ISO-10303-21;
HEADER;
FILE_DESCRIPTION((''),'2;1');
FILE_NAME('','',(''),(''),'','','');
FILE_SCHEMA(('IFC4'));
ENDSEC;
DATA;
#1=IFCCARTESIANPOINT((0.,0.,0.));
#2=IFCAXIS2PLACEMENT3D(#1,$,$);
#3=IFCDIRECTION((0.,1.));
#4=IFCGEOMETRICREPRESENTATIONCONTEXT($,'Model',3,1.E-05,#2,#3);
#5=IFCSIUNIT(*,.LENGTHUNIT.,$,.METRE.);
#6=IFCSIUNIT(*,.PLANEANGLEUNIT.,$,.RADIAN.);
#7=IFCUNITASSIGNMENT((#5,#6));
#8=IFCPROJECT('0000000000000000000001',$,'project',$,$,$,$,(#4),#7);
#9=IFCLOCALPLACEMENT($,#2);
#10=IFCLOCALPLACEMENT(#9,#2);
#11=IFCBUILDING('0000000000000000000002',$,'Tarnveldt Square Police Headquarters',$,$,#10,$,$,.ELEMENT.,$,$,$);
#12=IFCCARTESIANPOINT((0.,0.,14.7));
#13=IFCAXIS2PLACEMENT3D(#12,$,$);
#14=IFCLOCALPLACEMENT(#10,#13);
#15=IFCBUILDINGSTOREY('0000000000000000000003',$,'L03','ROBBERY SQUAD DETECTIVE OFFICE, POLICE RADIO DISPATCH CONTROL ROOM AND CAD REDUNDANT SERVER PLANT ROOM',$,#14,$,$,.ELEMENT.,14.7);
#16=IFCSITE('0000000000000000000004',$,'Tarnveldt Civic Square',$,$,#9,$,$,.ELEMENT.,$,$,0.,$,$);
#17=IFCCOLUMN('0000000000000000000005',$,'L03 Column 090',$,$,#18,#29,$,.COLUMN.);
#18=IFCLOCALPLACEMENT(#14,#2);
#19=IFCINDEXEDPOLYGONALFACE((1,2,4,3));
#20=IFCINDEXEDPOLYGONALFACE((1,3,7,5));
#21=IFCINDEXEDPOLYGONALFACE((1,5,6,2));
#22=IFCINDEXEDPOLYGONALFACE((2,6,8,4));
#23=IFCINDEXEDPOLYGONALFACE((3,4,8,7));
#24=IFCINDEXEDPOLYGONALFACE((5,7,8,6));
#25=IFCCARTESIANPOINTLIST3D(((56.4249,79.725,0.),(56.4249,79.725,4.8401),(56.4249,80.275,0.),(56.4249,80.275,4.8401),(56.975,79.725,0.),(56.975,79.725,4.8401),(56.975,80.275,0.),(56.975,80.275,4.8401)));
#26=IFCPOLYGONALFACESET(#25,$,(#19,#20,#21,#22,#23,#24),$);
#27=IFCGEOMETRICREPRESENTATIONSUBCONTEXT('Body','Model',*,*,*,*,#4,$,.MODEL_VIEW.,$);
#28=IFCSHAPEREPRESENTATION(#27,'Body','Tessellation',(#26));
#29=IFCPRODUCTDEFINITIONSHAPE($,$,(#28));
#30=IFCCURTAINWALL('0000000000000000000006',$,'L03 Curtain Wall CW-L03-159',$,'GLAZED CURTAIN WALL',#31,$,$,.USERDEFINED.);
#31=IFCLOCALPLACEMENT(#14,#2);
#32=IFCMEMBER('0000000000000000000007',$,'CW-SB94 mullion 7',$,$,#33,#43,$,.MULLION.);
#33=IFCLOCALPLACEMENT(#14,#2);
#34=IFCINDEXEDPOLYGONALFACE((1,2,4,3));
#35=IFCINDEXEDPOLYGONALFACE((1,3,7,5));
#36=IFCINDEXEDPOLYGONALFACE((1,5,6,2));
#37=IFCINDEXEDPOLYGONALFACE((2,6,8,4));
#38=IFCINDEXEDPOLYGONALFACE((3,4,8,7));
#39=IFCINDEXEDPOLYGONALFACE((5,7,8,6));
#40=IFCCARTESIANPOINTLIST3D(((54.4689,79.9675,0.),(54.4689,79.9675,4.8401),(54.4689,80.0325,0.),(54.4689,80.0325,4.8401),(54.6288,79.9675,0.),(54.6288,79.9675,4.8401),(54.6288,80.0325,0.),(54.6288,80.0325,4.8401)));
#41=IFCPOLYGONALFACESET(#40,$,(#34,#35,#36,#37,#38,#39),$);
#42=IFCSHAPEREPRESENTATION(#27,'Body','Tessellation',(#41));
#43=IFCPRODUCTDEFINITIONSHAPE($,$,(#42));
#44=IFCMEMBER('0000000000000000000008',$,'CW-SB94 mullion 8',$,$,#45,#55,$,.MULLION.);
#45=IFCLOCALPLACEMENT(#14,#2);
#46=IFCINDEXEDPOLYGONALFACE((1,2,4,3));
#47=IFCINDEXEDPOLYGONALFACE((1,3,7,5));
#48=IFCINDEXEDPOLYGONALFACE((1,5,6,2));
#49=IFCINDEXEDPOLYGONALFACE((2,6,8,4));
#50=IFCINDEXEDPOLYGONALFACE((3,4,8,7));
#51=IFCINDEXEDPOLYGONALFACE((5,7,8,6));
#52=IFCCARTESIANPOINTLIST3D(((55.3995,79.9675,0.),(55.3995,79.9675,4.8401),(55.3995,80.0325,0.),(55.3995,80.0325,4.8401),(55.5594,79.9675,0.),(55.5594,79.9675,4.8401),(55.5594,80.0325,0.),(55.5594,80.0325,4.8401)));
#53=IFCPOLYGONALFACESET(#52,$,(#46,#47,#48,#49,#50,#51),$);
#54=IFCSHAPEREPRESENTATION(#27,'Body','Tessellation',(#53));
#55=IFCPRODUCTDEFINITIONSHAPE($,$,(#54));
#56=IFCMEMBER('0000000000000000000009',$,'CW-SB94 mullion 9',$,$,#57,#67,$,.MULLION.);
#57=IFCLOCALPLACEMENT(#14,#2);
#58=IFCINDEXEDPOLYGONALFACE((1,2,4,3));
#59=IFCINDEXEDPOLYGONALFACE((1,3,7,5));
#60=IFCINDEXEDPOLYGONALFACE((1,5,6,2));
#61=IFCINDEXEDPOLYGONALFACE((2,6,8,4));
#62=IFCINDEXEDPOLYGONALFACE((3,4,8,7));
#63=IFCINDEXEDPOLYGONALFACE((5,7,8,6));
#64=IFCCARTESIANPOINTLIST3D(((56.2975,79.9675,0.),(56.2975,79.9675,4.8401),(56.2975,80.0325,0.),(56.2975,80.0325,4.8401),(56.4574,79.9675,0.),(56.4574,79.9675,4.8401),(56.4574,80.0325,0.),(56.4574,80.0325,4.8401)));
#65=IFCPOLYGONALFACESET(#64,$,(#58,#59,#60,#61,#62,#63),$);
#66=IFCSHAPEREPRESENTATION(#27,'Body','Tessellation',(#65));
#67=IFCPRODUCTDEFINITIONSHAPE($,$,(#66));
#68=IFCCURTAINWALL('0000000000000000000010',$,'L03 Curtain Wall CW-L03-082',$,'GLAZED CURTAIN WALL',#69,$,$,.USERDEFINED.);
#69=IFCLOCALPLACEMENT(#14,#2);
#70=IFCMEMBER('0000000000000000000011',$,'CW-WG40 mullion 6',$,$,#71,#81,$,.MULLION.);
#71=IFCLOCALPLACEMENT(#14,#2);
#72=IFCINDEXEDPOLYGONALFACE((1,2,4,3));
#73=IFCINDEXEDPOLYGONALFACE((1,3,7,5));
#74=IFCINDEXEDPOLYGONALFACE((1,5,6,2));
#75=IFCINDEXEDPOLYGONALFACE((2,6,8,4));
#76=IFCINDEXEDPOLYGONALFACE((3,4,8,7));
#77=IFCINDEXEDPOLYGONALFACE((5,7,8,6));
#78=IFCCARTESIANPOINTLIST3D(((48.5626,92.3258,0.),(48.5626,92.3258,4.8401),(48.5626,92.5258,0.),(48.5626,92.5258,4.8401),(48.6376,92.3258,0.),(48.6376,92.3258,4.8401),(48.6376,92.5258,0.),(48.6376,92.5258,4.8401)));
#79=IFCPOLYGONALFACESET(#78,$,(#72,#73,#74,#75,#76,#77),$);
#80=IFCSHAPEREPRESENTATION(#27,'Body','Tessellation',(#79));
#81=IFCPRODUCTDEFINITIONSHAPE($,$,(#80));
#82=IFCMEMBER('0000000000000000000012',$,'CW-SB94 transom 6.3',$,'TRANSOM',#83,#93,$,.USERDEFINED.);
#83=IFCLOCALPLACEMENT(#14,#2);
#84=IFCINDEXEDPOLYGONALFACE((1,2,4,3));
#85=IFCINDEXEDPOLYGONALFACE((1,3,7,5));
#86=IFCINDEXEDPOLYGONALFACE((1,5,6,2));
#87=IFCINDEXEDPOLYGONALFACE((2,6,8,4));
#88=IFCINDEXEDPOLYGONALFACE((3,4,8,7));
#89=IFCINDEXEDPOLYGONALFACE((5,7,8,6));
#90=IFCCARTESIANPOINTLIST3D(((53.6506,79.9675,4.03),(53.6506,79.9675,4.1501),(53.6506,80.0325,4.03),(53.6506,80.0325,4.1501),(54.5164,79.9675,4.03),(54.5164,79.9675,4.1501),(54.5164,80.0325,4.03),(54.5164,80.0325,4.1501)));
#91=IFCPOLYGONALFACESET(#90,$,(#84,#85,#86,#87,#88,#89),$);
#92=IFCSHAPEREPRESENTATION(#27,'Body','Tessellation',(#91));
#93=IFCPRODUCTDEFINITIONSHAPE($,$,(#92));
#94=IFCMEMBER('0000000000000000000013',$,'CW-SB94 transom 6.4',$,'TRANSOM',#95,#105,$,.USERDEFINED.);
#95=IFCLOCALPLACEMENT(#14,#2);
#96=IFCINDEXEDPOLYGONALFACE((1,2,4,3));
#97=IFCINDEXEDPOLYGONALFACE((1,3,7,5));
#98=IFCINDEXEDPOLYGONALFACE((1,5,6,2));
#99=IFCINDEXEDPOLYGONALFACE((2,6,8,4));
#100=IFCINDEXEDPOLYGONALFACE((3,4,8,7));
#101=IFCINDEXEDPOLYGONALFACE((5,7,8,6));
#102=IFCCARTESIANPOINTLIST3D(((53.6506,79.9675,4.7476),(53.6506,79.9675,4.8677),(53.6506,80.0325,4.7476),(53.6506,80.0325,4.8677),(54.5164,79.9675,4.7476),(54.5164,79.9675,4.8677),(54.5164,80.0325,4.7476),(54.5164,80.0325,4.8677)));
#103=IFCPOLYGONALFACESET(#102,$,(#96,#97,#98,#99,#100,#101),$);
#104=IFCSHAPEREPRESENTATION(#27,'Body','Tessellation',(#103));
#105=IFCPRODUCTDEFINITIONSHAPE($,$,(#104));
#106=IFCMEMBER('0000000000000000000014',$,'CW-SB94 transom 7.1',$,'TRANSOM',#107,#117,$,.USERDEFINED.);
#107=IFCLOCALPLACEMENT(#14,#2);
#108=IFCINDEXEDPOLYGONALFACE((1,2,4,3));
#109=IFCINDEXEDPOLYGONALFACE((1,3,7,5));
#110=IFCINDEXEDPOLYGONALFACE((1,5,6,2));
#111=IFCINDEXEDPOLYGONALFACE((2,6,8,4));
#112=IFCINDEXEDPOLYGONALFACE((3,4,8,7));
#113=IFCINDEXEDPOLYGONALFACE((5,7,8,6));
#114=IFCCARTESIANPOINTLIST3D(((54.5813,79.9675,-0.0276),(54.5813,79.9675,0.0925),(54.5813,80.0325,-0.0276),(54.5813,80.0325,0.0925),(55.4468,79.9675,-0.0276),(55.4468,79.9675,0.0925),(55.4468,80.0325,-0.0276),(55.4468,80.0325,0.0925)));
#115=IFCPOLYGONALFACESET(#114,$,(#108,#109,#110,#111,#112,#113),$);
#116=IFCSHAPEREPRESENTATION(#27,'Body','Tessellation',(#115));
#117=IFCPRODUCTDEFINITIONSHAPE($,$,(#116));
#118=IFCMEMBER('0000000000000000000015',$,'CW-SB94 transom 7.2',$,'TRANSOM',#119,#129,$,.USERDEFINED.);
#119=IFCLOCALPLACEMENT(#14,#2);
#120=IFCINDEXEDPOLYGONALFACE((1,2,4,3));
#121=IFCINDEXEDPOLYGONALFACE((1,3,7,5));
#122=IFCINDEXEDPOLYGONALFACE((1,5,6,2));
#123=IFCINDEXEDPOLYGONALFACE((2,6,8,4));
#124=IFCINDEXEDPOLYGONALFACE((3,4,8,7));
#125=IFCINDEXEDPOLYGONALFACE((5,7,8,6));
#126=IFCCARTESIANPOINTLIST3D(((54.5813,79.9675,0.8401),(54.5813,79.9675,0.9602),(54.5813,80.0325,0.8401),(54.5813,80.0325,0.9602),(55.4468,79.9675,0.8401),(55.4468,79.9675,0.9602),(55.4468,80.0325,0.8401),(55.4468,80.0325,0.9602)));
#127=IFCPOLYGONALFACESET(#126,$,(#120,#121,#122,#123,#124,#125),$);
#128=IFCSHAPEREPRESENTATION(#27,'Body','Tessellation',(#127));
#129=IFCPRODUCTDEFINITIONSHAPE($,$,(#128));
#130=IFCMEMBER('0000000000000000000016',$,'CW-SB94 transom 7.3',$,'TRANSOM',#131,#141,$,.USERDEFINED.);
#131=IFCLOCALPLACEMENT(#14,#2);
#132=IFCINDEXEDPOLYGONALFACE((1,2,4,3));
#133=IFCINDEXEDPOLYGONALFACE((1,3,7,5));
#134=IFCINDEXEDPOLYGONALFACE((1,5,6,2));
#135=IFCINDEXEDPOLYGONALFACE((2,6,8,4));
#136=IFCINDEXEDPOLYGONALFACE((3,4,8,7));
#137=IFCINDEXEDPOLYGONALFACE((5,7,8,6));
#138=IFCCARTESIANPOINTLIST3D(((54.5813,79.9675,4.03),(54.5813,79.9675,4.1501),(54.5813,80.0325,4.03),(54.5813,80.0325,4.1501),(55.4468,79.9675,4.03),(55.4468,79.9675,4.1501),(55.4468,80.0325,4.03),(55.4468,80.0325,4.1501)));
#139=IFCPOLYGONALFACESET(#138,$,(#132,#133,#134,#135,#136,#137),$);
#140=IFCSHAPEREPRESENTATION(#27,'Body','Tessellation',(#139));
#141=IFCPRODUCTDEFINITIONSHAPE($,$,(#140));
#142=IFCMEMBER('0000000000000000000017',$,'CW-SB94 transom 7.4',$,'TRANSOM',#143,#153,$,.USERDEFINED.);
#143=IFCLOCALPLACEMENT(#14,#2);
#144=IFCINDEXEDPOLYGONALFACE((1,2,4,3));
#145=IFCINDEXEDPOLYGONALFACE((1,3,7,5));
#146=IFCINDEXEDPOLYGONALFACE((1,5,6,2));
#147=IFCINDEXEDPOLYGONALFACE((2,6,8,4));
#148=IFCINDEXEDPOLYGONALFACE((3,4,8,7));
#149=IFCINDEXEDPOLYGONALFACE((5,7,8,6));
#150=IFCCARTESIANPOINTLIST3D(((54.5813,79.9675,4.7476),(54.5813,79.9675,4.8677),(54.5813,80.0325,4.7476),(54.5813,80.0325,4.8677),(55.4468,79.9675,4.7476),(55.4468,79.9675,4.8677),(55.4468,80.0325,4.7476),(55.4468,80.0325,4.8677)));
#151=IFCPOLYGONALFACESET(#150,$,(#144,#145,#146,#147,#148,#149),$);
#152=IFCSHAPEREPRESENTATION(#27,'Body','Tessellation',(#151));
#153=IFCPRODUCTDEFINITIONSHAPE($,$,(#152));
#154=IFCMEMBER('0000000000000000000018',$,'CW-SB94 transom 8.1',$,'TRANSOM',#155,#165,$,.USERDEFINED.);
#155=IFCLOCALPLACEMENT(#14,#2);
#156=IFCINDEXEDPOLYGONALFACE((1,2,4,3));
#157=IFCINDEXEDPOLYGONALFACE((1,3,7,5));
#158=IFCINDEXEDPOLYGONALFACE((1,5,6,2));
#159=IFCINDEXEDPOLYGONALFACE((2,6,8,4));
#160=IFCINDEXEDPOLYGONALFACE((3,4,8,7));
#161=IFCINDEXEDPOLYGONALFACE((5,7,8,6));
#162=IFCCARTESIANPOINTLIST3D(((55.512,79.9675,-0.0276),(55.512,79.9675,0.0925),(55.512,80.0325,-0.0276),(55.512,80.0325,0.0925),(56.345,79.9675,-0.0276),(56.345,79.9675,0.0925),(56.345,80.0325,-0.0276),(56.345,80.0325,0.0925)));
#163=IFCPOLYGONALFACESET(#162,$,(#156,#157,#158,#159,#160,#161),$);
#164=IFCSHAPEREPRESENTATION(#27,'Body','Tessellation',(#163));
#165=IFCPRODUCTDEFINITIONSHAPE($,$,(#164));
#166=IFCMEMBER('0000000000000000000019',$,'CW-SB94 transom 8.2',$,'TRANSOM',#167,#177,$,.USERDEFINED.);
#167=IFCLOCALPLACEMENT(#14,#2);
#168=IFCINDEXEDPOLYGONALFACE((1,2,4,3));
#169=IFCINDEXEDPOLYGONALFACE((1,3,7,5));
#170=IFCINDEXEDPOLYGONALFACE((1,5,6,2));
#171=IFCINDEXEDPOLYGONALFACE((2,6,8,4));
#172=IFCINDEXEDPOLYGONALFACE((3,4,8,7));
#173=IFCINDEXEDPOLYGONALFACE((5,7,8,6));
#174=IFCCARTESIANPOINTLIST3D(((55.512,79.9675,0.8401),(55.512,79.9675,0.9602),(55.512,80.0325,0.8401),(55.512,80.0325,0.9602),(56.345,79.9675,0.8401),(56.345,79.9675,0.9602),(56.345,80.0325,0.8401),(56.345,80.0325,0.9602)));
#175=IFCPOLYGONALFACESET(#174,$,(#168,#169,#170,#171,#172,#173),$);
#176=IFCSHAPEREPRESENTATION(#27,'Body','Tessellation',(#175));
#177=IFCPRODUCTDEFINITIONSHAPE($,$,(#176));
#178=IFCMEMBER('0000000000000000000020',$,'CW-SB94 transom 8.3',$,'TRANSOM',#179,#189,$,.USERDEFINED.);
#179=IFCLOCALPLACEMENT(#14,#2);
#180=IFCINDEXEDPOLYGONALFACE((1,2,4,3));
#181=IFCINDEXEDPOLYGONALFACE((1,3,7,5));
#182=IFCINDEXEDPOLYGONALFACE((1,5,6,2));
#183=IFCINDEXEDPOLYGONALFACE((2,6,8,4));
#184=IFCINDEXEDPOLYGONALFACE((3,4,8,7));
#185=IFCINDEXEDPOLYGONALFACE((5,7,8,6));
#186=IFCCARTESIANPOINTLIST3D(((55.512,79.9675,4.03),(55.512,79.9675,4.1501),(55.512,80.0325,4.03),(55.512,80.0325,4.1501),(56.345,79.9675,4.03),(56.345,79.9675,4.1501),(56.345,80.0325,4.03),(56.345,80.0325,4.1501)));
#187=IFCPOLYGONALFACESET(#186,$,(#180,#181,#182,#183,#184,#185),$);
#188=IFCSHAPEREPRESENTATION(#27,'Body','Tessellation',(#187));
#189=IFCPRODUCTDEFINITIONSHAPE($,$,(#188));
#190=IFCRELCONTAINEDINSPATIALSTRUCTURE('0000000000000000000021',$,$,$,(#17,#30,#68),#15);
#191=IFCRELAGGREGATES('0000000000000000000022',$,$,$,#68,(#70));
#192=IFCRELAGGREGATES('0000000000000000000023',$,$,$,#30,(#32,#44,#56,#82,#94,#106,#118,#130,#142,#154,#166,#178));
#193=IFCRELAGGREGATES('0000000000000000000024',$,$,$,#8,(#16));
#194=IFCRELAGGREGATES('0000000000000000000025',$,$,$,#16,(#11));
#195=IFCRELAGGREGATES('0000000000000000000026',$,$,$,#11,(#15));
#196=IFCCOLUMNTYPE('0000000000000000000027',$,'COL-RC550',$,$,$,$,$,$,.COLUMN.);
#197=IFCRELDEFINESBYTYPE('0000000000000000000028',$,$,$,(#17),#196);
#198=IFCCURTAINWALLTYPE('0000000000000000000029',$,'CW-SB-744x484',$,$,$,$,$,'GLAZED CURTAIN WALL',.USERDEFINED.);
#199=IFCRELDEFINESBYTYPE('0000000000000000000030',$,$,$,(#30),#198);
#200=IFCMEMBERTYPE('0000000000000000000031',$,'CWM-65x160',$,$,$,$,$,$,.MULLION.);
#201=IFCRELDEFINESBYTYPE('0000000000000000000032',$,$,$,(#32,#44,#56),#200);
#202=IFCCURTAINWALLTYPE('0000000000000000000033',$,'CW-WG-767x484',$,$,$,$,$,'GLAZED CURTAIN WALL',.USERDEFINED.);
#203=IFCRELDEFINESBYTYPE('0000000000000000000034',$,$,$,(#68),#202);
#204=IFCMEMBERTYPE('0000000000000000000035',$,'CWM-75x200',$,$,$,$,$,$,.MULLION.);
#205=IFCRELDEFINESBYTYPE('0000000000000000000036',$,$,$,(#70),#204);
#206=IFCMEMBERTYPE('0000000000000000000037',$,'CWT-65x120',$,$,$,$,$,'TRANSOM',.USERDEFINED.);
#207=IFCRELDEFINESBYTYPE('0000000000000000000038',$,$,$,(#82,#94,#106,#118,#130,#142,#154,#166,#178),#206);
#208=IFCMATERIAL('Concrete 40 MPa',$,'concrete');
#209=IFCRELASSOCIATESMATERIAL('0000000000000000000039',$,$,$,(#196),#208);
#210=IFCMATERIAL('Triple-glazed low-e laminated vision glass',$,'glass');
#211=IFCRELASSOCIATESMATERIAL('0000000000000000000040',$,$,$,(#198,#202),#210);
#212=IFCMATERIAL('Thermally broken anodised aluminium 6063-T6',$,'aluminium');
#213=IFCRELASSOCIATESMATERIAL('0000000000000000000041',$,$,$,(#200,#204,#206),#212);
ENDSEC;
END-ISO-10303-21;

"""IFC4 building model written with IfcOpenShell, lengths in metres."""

from ifc_helpers import new_model, si_unit, direction, frame, origin, origin_2d, place, context, subcontext, project, spatial, rectangle, extrude, material, material_profile, profile_set, type_object, element, aggregate, save


model = new_model("IFC4")

# Units and contexts
model_context = context("Model", 3, precision=1e-05, world=origin(), true_north=direction((0.0, 1.0)))
body_context = subcontext(model_context, "Body", "Model", "MODEL_VIEW")
ifc_project = project(units=[si_unit("LENGTHUNIT", "METRE"), si_unit("PLANEANGLEUNIT", "RADIAN")], contexts=[model_context])

# Site, building, storey
site_placement = place(None, origin())
site = spatial("IfcSite", under=ifc_project, at=site_placement, Name="Tarnveldt Civic Square", CompositionType="ELEMENT", RefElevation=0.0)
building_placement = place(site_placement, origin())
building = spatial("IfcBuilding", under=site, at=building_placement, Name="Tarnveldt Square Police Headquarters", CompositionType="ELEMENT")
storey_placement = place(building_placement, frame((0.0, 0.0, 14.7)))
storey = spatial("IfcBuildingStorey", under=building, at=storey_placement, Name="L03", Description="ROBBERY SQUAD DETECTIVE OFFICE, POLICE RADIO DISPATCH CONTROL ROOM AND CAD REDUNDANT SERVER PLANT ROOM", CompositionType="ELEMENT", Elevation=14.7)

# Column
ifc_material_1 = material(Name="Concrete 40 MPa", Category="concrete")
ifc_material_profile_1 = material_profile(ifc_material_1, rectangle(XDim=0.55, YDim=0.55, at=origin_2d()), Name="RC-C550x550")
ifc_profile_set_1 = profile_set([ifc_material_profile_1], Name="Concrete 40 MPa")
column_type = type_object("IfcColumnType", Name="COL-RC550", PredefinedType="COLUMN", material=ifc_profile_set_1)
column_placement = place(storey_placement, frame((56.7, 80.0, 0.0), z_axis=(0.0, 0.0, 1.0), x_axis=(1.0, 0.0, 0.0)))
element("IfcColumn", 1, at=column_placement, inside=storey, type_object=column_type, Name="L03 Column 090", PredefinedType="COLUMN", context=body_context, shape_type="SweptSolid", body=[
    extrude(rectangle(XDim=0.55, YDim=0.55, at=origin_2d()), origin(), (0.0, 0.0, 1.0), 4.8401),
])

# Curtain wall, members
ifc_material_2 = material(Name="Triple-glazed low-e laminated vision glass", Category="glass")
curtain_wall_type_1 = type_object("IfcCurtainWallType", Name="CW-SB-744x484", ElementType="GLAZED CURTAIN WALL", PredefinedType="USERDEFINED", material=ifc_material_2)
curtain_wall_1_placement = place(storey_placement, origin())
curtain_wall_1 = element("IfcCurtainWall", 2, at=curtain_wall_1_placement, inside=storey, type_object=curtain_wall_type_1, Name="L03 Curtain Wall CW-L03-159", ObjectType="GLAZED CURTAIN WALL", PredefinedType="USERDEFINED")
ifc_material_3 = material(Name="Thermally broken anodised aluminium 6063-T6", Category="aluminium")
ifc_material_profile_2 = material_profile(ifc_material_3, rectangle(XDim=0.0649, YDim=0.1599, at=origin_2d()), Name="CW-M65x160")
ifc_profile_set_2 = profile_set([ifc_material_profile_2], Name="Thermally broken anodised aluminium 6063-T6")
member_type_1 = type_object("IfcMemberType", Name="CWM-65x160", PredefinedType="MULLION", material=ifc_profile_set_2)
member_1_placement = place(storey_placement, frame((54.5488, 80.0, 0.0), z_axis=(0.0, 0.0, 1.0), x_axis=(0.0, 1.0, 0.0)))
member_1 = element("IfcMember", 3, at=member_1_placement, type_object=member_type_1, Name="CW-SB94 mullion 7", PredefinedType="MULLION", context=body_context, shape_type="SweptSolid", body=[
    extrude(rectangle(XDim=0.0649, YDim=0.1599, at=origin_2d()), origin(), (0.0, 0.0, 1.0), 4.8401),
])
member_2_placement = place(storey_placement, frame((55.4795, 80.0, 0.0), z_axis=(0.0, 0.0, 1.0), x_axis=(0.0, 1.0, 0.0)))
member_2 = element("IfcMember", 4, at=member_2_placement, type_object=member_type_1, Name="CW-SB94 mullion 8", PredefinedType="MULLION", context=body_context, shape_type="SweptSolid", body=[
    extrude(rectangle(XDim=0.0649, YDim=0.1599, at=origin_2d()), origin(), (0.0, 0.0, 1.0), 4.8401),
])
member_3_placement = place(storey_placement, frame((56.3774, 80.0, 0.0), z_axis=(0.0, 0.0, 1.0), x_axis=(0.0, 1.0, 0.0)))
member_3 = element("IfcMember", 5, at=member_3_placement, type_object=member_type_1, Name="CW-SB94 mullion 9", PredefinedType="MULLION", context=body_context, shape_type="SweptSolid", body=[
    extrude(rectangle(XDim=0.0649, YDim=0.1599, at=origin_2d()), origin(), (0.0, 0.0, 1.0), 4.8401),
])

# Curtain wall, member
curtain_wall_type_2 = type_object("IfcCurtainWallType", Name="CW-WG-767x484", ElementType="GLAZED CURTAIN WALL", PredefinedType="USERDEFINED", material=ifc_material_2)
curtain_wall_2_placement = place(storey_placement, origin())
curtain_wall_2 = element("IfcCurtainWall", 6, at=curtain_wall_2_placement, inside=storey, type_object=curtain_wall_type_2, Name="L03 Curtain Wall CW-L03-082", ObjectType="GLAZED CURTAIN WALL", PredefinedType="USERDEFINED")
ifc_material_profile_3 = material_profile(ifc_material_3, rectangle(XDim=0.075, YDim=0.2, at=origin_2d()), Name="CW-M75x200")
ifc_profile_set_3 = profile_set([ifc_material_profile_3], Name="Thermally broken anodised aluminium 6063-T6")
member_type_2 = type_object("IfcMemberType", Name="CWM-75x200", PredefinedType="MULLION", material=ifc_profile_set_3)
member_4_placement = place(storey_placement, frame((48.6001, 92.4258, 0.0), z_axis=(0.0, 0.0, 1.0), x_axis=(-1.0, 0.0, 0.0)))
member_4 = element("IfcMember", 7, at=member_4_placement, type_object=member_type_2, Name="CW-WG40 mullion 6", PredefinedType="MULLION", context=body_context, shape_type="SweptSolid", body=[
    extrude(rectangle(XDim=0.075, YDim=0.2, at=origin_2d()), origin(), (0.0, 0.0, 1.0), 4.8401),
])

# Members
ifc_material_profile_4 = material_profile(ifc_material_3, rectangle(XDim=0.0649, YDim=0.1201, at=origin_2d()), Name="CW-T65x120")
ifc_profile_set_4 = profile_set([ifc_material_profile_4], Name="Thermally broken anodised aluminium 6063-T6")
member_type_3 = type_object("IfcMemberType", Name="CWT-65x120", ElementType="TRANSOM", PredefinedType="USERDEFINED", material=ifc_profile_set_4)
member_5_placement = place(storey_placement, frame((53.6506, 80.0, 4.0901), z_axis=(1.0, 0.0, 0.0), x_axis=(0.0, 1.0, 0.0)))
member_5 = element("IfcMember", 8, at=member_5_placement, type_object=member_type_3, Name="CW-SB94 transom 6.3", ObjectType="TRANSOM", PredefinedType="USERDEFINED", context=body_context, shape_type="SweptSolid", body=[
    extrude(rectangle(XDim=0.0649, YDim=0.1201, at=origin_2d()), origin(), (0.0, 0.0, 1.0), 0.8657),
])
member_6_placement = place(storey_placement, frame((53.6506, 80.0, 4.8076), z_axis=(1.0, 0.0, 0.0), x_axis=(0.0, 1.0, 0.0)))
member_6 = element("IfcMember", 9, at=member_6_placement, type_object=member_type_3, Name="CW-SB94 transom 6.4", ObjectType="TRANSOM", PredefinedType="USERDEFINED", context=body_context, shape_type="SweptSolid", body=[
    extrude(rectangle(XDim=0.0649, YDim=0.1201, at=origin_2d()), origin(), (0.0, 0.0, 1.0), 0.8657),
])
member_7_placement = place(storey_placement, frame((54.5813, 80.0, 0.0325), z_axis=(1.0, 0.0, 0.0), x_axis=(0.0, 1.0, 0.0)))
member_7 = element("IfcMember", 10, at=member_7_placement, type_object=member_type_3, Name="CW-SB94 transom 7.1", ObjectType="TRANSOM", PredefinedType="USERDEFINED", context=body_context, shape_type="SweptSolid", body=[
    extrude(rectangle(XDim=0.0649, YDim=0.1201, at=origin_2d()), origin(), (0.0, 0.0, 1.0), 0.8655),
])
member_8_placement = place(storey_placement, frame((54.5813, 80.0, 0.9001), z_axis=(1.0, 0.0, 0.0), x_axis=(0.0, 1.0, 0.0)))
member_8 = element("IfcMember", 11, at=member_8_placement, type_object=member_type_3, Name="CW-SB94 transom 7.2", ObjectType="TRANSOM", PredefinedType="USERDEFINED", context=body_context, shape_type="SweptSolid", body=[
    extrude(rectangle(XDim=0.0649, YDim=0.1201, at=origin_2d()), origin(), (0.0, 0.0, 1.0), 0.8655),
])
member_9_placement = place(storey_placement, frame((54.5813, 80.0, 4.0901), z_axis=(1.0, 0.0, 0.0), x_axis=(0.0, 1.0, 0.0)))
member_9 = element("IfcMember", 12, at=member_9_placement, type_object=member_type_3, Name="CW-SB94 transom 7.3", ObjectType="TRANSOM", PredefinedType="USERDEFINED", context=body_context, shape_type="SweptSolid", body=[
    extrude(rectangle(XDim=0.0649, YDim=0.1201, at=origin_2d()), origin(), (0.0, 0.0, 1.0), 0.8655),
])
member_10_placement = place(storey_placement, frame((54.5813, 80.0, 4.8076), z_axis=(1.0, 0.0, 0.0), x_axis=(0.0, 1.0, 0.0)))
member_10 = element("IfcMember", 13, at=member_10_placement, type_object=member_type_3, Name="CW-SB94 transom 7.4", ObjectType="TRANSOM", PredefinedType="USERDEFINED", context=body_context, shape_type="SweptSolid", body=[
    extrude(rectangle(XDim=0.0649, YDim=0.1201, at=origin_2d()), origin(), (0.0, 0.0, 1.0), 0.8655),
])
member_11_placement = place(storey_placement, frame((55.512, 80.0, 0.0325), z_axis=(1.0, 0.0, 0.0), x_axis=(0.0, 1.0, 0.0)))
member_11 = element("IfcMember", 14, at=member_11_placement, type_object=member_type_3, Name="CW-SB94 transom 8.1", ObjectType="TRANSOM", PredefinedType="USERDEFINED", context=body_context, shape_type="SweptSolid", body=[
    extrude(rectangle(XDim=0.0649, YDim=0.1201, at=origin_2d()), origin(), (0.0, 0.0, 1.0), 0.833),
])
member_12_placement = place(storey_placement, frame((55.512, 80.0, 0.9001), z_axis=(1.0, 0.0, 0.0), x_axis=(0.0, 1.0, 0.0)))
member_12 = element("IfcMember", 15, at=member_12_placement, type_object=member_type_3, Name="CW-SB94 transom 8.2", ObjectType="TRANSOM", PredefinedType="USERDEFINED", context=body_context, shape_type="SweptSolid", body=[
    extrude(rectangle(XDim=0.0649, YDim=0.1201, at=origin_2d()), origin(), (0.0, 0.0, 1.0), 0.833),
])
member_13_placement = place(storey_placement, frame((55.512, 80.0, 4.0901), z_axis=(1.0, 0.0, 0.0), x_axis=(0.0, 1.0, 0.0)))
member_13 = element("IfcMember", 16, at=member_13_placement, type_object=member_type_3, Name="CW-SB94 transom 8.3", ObjectType="TRANSOM", PredefinedType="USERDEFINED", context=body_context, shape_type="SweptSolid", body=[
    extrude(rectangle(XDim=0.0649, YDim=0.1201, at=origin_2d()), origin(), (0.0, 0.0, 1.0), 0.833),
])

aggregate(curtain_wall_2, [member_4])
aggregate(curtain_wall_1, [member_1, member_2, member_3, member_5, member_6, member_7, member_8, member_9, member_10, member_11, member_12, member_13])

save(model, "model.ifc")
